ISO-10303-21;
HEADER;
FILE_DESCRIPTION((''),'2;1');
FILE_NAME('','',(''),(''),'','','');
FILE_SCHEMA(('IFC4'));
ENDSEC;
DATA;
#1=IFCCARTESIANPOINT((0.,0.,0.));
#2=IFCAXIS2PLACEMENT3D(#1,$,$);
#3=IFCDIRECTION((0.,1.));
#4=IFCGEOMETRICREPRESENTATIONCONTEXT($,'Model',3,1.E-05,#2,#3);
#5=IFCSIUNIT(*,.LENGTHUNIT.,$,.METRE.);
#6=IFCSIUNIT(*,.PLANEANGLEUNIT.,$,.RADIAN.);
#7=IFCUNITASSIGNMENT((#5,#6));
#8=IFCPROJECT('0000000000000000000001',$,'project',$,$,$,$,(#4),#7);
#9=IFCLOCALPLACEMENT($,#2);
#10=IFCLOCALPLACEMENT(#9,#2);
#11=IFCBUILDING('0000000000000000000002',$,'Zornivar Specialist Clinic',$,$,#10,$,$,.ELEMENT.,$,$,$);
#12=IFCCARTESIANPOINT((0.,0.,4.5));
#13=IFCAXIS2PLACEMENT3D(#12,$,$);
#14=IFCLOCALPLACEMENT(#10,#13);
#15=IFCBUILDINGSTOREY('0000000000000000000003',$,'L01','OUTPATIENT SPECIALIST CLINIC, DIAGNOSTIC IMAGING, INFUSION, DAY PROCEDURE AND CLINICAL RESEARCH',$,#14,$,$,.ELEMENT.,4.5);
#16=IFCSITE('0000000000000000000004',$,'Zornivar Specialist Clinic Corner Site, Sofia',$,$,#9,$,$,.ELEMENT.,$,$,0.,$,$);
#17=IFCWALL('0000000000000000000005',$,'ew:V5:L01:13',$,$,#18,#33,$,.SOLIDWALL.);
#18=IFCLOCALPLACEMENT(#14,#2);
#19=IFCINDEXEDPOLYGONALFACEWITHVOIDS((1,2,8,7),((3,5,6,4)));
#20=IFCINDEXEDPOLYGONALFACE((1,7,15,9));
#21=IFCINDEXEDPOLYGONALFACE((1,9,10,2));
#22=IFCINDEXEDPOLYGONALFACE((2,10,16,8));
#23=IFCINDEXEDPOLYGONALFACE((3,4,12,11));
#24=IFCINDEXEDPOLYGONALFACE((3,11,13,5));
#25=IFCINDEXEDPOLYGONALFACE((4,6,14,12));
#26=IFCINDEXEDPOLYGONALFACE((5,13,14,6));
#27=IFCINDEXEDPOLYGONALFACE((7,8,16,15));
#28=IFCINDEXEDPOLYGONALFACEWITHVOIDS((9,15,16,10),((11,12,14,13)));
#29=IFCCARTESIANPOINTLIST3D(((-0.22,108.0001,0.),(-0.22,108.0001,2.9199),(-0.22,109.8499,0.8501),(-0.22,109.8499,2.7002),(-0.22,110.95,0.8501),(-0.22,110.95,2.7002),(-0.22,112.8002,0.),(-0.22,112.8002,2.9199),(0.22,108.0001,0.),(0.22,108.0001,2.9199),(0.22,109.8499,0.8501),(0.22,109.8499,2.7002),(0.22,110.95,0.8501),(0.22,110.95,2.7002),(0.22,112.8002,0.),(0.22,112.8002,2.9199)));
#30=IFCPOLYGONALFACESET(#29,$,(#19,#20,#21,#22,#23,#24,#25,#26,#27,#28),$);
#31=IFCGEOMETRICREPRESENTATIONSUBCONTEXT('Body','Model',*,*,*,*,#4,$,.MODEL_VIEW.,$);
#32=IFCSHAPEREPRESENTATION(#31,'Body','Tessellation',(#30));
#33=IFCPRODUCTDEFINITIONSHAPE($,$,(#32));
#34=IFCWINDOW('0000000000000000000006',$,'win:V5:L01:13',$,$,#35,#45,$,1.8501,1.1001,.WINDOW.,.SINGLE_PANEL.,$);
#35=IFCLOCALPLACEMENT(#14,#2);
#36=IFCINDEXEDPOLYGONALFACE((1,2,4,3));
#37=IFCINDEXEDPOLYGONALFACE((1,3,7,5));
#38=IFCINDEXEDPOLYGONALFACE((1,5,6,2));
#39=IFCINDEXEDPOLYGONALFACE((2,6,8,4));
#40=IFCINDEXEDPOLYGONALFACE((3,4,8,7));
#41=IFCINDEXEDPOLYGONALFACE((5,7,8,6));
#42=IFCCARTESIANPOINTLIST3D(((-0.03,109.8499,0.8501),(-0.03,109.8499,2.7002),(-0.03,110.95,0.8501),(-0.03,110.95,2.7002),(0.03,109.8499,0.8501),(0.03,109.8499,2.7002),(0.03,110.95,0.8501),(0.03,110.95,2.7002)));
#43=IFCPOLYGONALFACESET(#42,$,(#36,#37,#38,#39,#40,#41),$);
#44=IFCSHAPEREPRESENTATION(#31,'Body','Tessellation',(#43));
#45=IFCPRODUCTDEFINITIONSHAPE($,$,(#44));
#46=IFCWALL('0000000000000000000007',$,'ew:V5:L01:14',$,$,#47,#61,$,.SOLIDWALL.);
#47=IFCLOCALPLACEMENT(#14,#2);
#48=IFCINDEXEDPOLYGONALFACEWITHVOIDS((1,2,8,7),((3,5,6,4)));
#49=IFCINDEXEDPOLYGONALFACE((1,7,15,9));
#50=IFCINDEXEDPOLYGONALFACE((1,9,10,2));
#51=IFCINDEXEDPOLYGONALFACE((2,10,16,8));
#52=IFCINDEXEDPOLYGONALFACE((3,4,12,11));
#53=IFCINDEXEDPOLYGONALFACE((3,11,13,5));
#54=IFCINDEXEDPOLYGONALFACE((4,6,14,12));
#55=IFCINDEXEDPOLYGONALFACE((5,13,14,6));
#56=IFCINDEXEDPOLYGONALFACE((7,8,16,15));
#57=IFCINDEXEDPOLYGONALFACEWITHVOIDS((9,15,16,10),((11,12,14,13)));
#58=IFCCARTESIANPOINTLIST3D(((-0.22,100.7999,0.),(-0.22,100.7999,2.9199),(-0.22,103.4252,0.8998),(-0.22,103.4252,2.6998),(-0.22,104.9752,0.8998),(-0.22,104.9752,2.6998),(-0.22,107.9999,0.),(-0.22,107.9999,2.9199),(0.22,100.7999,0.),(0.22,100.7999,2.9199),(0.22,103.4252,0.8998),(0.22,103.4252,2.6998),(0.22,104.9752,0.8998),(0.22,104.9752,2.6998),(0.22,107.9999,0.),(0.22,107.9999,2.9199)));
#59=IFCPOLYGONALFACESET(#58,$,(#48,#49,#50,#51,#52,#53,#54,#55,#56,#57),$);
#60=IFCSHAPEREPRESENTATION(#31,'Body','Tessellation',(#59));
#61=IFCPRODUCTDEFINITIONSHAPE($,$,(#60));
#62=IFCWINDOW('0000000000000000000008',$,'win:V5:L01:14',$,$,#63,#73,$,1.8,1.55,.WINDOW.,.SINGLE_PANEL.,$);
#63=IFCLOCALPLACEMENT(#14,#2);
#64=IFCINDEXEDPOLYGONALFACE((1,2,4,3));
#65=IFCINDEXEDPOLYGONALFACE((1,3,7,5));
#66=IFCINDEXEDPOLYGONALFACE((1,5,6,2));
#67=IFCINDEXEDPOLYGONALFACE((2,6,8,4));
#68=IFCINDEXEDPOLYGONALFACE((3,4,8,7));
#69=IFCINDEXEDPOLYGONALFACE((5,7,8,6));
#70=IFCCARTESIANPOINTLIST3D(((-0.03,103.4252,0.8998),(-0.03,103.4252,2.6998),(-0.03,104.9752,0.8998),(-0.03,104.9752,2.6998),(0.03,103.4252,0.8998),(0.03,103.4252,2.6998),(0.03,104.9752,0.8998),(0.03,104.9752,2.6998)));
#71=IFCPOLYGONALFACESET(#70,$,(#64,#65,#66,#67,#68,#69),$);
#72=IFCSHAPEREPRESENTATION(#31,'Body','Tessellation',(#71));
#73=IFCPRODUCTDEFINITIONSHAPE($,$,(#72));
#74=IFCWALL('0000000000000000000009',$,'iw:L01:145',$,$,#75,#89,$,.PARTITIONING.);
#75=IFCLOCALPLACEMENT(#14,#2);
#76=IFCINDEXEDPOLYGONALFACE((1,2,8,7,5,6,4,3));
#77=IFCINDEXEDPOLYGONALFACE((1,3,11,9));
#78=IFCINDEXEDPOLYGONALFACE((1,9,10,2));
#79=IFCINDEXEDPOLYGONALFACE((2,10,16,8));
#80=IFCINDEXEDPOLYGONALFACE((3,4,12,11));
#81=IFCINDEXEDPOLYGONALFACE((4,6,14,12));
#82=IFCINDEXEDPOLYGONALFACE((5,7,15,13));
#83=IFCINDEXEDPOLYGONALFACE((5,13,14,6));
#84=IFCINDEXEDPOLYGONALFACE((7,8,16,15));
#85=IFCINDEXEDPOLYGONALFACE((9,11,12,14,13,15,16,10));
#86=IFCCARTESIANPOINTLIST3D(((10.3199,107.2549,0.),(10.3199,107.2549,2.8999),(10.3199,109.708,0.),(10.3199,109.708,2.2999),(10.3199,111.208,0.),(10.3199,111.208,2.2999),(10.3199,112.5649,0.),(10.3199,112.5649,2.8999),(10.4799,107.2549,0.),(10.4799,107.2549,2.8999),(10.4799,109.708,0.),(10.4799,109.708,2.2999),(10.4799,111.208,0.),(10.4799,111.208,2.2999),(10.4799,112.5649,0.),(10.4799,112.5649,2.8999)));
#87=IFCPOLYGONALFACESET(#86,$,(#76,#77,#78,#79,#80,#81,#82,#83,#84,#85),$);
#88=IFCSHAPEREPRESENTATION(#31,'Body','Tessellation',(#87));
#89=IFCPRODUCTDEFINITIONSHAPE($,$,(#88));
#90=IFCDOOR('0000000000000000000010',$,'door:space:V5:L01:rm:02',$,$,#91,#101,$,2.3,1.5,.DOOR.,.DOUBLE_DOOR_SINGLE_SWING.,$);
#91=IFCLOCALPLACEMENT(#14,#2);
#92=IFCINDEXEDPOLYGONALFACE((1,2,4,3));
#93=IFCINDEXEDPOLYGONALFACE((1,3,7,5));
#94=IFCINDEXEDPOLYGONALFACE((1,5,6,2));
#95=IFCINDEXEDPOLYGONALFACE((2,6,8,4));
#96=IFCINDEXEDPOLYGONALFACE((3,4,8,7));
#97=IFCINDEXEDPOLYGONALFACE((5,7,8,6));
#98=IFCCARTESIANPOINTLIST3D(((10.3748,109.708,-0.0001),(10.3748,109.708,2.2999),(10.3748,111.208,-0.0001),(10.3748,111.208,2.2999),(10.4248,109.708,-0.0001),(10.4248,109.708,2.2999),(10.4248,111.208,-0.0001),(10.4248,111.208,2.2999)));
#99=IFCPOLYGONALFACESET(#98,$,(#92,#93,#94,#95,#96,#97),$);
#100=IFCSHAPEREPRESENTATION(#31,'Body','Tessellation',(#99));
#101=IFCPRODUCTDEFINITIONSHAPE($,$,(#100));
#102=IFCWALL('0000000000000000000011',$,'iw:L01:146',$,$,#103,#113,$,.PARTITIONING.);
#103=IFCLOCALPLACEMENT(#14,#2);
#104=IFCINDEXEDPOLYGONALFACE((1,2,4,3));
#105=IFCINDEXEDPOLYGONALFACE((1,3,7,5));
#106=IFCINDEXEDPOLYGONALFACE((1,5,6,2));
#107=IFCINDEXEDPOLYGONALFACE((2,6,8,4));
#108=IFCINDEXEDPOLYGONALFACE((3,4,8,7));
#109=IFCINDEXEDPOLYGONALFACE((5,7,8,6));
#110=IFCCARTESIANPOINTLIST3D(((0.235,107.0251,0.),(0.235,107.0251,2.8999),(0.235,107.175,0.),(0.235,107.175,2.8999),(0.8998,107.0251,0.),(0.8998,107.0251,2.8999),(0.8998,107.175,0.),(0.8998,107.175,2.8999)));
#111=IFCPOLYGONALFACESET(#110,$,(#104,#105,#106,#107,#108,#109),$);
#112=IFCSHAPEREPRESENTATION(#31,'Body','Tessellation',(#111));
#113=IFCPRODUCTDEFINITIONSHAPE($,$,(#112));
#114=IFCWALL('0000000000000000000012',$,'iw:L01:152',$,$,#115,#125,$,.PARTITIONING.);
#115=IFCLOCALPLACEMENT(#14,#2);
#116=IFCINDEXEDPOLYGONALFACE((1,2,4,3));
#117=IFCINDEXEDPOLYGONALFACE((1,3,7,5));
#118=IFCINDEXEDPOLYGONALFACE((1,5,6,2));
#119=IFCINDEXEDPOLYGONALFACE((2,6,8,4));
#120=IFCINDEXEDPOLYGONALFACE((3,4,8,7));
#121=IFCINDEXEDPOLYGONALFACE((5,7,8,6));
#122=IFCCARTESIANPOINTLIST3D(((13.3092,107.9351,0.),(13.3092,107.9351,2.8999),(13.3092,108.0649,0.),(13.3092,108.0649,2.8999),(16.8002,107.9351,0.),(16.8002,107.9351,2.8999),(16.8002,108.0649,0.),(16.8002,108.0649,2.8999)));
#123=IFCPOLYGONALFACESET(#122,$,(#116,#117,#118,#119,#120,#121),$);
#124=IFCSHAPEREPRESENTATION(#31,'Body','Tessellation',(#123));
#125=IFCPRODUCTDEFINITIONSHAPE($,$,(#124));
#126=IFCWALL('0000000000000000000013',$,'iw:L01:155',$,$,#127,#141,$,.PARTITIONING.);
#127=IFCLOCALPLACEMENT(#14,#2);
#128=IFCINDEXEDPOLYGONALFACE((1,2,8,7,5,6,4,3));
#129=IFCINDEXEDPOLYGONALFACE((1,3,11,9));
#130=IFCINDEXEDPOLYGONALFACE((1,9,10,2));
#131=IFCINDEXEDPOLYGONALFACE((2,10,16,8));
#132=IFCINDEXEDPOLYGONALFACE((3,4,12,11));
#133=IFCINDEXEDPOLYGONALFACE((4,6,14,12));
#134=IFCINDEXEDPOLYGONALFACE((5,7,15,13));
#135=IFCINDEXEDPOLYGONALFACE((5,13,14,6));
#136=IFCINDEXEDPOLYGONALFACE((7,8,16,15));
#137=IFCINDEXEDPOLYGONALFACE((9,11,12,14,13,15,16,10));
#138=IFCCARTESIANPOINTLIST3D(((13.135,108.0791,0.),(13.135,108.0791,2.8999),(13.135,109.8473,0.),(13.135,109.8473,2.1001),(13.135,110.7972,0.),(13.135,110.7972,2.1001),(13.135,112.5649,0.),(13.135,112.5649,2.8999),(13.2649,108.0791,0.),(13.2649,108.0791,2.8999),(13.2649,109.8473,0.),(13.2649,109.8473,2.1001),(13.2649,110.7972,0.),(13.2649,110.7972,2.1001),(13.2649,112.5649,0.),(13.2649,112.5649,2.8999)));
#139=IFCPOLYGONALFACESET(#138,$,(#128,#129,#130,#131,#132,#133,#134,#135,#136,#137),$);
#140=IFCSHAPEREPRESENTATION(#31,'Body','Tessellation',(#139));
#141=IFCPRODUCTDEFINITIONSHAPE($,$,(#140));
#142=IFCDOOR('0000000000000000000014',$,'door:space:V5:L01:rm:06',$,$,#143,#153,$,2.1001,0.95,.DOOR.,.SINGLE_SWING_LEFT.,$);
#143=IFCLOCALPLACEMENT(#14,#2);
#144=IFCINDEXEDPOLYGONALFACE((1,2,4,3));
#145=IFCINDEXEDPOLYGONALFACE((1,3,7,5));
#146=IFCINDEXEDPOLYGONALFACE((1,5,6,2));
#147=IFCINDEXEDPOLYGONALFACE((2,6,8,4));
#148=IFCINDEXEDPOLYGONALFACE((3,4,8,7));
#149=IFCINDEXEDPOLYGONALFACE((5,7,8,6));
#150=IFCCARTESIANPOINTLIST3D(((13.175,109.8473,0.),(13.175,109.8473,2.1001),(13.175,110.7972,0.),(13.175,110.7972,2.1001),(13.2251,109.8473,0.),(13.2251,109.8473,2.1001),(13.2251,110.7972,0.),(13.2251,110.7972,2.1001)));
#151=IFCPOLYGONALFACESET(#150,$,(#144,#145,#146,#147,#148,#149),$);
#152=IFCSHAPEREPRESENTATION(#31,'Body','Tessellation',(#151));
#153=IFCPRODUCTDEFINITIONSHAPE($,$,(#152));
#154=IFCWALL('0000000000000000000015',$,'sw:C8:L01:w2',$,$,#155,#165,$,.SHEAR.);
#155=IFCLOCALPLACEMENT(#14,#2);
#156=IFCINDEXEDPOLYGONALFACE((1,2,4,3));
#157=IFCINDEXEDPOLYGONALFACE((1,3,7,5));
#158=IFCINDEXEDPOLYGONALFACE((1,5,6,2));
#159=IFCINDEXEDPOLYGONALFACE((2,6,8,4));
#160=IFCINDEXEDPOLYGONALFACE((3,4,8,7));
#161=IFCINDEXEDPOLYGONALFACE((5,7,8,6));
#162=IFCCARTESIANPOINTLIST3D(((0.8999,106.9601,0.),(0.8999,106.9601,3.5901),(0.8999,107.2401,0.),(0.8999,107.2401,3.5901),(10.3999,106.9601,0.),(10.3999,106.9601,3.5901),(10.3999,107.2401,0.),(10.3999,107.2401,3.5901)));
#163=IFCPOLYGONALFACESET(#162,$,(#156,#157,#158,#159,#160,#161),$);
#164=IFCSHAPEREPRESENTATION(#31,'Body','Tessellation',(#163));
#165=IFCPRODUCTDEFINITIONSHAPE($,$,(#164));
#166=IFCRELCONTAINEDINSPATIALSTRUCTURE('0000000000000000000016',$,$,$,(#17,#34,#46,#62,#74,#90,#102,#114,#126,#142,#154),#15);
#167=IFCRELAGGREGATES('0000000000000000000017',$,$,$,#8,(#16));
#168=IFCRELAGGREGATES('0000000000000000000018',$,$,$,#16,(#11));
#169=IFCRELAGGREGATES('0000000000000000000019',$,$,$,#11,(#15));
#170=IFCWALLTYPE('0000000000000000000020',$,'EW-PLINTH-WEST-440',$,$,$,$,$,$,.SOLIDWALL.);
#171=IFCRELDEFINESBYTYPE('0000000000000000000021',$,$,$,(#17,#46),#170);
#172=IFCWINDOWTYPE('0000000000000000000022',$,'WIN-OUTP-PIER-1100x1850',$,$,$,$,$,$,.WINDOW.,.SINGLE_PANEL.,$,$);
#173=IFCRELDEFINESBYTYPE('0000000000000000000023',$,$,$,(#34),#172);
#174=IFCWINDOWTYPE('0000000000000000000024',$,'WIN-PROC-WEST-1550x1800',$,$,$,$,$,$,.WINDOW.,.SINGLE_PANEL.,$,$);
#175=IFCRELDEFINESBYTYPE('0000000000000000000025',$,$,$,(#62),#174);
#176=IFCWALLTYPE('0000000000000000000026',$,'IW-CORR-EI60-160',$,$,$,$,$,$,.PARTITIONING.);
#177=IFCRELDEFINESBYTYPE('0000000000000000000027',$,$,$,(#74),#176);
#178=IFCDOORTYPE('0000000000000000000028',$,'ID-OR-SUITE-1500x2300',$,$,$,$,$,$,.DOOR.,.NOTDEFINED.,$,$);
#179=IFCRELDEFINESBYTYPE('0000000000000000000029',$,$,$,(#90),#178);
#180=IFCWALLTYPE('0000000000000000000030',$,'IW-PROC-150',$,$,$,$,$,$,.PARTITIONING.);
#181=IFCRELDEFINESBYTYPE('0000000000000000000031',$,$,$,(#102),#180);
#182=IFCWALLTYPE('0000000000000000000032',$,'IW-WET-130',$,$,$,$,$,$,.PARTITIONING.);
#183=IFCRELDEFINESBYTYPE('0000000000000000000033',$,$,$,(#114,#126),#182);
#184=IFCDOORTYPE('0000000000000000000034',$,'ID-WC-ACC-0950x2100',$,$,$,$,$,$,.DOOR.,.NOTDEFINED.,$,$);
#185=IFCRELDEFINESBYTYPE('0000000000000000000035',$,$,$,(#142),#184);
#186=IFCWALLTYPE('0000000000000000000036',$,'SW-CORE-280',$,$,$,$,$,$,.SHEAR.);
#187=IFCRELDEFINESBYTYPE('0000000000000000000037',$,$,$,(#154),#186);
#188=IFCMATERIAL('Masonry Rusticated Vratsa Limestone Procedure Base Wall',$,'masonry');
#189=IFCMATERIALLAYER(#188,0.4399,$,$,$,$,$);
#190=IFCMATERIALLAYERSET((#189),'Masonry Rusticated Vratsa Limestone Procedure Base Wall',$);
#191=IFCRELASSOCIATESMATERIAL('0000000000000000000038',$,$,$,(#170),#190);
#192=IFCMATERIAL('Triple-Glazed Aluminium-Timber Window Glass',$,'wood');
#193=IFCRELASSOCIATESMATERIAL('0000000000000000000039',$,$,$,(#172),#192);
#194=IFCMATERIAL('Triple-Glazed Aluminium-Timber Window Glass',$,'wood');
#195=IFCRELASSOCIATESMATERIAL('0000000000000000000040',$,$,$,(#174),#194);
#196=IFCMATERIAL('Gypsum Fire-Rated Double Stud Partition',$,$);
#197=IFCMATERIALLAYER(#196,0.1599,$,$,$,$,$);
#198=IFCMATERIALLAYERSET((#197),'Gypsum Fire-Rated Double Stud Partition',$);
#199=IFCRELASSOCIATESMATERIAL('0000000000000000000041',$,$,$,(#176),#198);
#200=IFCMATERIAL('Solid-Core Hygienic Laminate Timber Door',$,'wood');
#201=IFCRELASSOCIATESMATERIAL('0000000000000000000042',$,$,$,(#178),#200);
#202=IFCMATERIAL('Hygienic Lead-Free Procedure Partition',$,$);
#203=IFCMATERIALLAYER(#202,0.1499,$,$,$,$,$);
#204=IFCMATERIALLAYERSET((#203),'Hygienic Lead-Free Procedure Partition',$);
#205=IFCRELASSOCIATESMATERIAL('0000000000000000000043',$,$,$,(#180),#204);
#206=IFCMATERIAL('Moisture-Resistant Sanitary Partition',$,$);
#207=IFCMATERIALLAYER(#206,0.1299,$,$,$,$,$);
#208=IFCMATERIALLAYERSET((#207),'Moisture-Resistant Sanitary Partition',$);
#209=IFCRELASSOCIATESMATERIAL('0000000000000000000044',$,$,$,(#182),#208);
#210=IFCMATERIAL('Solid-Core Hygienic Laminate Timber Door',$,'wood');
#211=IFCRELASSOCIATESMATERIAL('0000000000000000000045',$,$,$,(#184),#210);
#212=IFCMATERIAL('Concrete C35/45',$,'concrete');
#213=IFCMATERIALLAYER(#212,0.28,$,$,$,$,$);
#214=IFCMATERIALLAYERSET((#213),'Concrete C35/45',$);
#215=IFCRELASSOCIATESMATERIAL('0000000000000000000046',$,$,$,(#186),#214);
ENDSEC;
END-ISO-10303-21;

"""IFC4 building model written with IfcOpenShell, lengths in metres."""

from ifc_helpers import new_model, si_unit, direction, frame, frame_2d, origin, place, context, subcontext, project, spatial, rectangle, extrude, material, layer, layer_set, type_object, element, fill, save


model = new_model("IFC4")

# Units and contexts
model_context = context("Model", 3, precision=1e-05, world=origin(), true_north=direction((0.0, 1.0)))
body_context = subcontext(model_context, "Body", "Model", "MODEL_VIEW")
ifc_project = project(units=[si_unit("LENGTHUNIT", "METRE"), si_unit("PLANEANGLEUNIT", "RADIAN")], contexts=[model_context])

# Site, building, storey
site_placement = place(None, origin())
site = spatial("IfcSite", under=ifc_project, at=site_placement, Name="Zornivar Specialist Clinic Corner Site, Sofia", CompositionType="ELEMENT", RefElevation=0.0)
building_placement = place(site_placement, origin())
building = spatial("IfcBuilding", under=site, at=building_placement, Name="Zornivar Specialist Clinic", CompositionType="ELEMENT")
storey_placement = place(building_placement, frame((0.0, 0.0, 4.5)))
storey = spatial("IfcBuildingStorey", under=building, at=storey_placement, Name="L01", Description="OUTPATIENT SPECIALIST CLINIC, DIAGNOSTIC IMAGING, INFUSION, DAY PROCEDURE AND CLINICAL RESEARCH", CompositionType="ELEMENT", Elevation=4.5)

# Walls, openings, windows
ifc_material_1 = material(Name="Masonry Rusticated Vratsa Limestone Procedure Base Wall", Category="masonry")
ifc_layer_1 = layer(ifc_material_1, 0.4399)
ifc_layer_set_1 = layer_set([ifc_layer_1], Name="Masonry Rusticated Vratsa Limestone Procedure Base Wall")
wall_type_1 = type_object("IfcWallType", Name="EW-PLINTH-WEST-440", PredefinedType="SOLIDWALL", material=ifc_layer_set_1)
wall_1_placement = place(storey_placement, frame((0.0, 112.8, 0.0), z_axis=(0.0, 0.0, 1.0), x_axis=(0.0, -1.0, 0.0)))
wall_1 = element("IfcWall", 1, at=wall_1_placement, inside=storey, type_object=wall_type_1, Name="ew:V5:L01:13", PredefinedType="SOLIDWALL", context=body_context, shape_type="SweptSolid", body=[
    extrude(rectangle(XDim=4.8, YDim=0.4399, at=frame_2d((2.3999, 0.0))), origin(), (0.0, 0.0, 1.0), 2.9199),
])
opening_1_placement = place(wall_1_placement, frame((1.8501, 0.0, 0.8501)))
opening_1 = element("IfcOpeningElement", 2, at=opening_1_placement, cuts=wall_1, PredefinedType="OPENING", context=body_context, shape_type="SweptSolid", body=[
    extrude(rectangle(XDim=1.1001, YDim=1.8501, at=frame_2d((0.55, 0.925))), frame((0.0, 0.23, 0.0), z_axis=(0.0, -1.0, 0.0), x_axis=(1.0, 0.0, 0.0)), (0.0, 0.0, 1.0), 0.46),
])
ifc_material_2 = material(Name="Triple-Glazed Aluminium-Timber Window Glass", Category="wood")
window_type_1 = type_object("IfcWindowType", Name="WIN-OUTP-PIER-1100x1850", PartitioningType="SINGLE_PANEL", PredefinedType="WINDOW", material=ifc_material_2)
window_1_placement = place(opening_1_placement, origin())
window_1 = element("IfcWindow", 3, at=window_1_placement, inside=storey, type_object=window_type_1, Name="win:V5:L01:13", OverallHeight=1.8501, OverallWidth=1.1001, PartitioningType="SINGLE_PANEL", PredefinedType="WINDOW", context=body_context, shape_type="SweptSolid", body=[
    extrude(rectangle(XDim=1.1001, YDim=1.8501, at=frame_2d((0.55, 0.925))), frame((0.0, 0.03, 0.0), z_axis=(0.0, -1.0, 0.0), x_axis=(1.0, 0.0, 0.0)), (0.0, 0.0, 1.0), 0.0601),
])
fill(opening_1, window_1)
wall_2_placement = place(storey_placement, frame((0.0, 108.0, 0.0), z_axis=(0.0, 0.0, 1.0), x_axis=(0.0, -1.0, 0.0)))
wall_2 = element("IfcWall", 4, at=wall_2_placement, inside=storey, type_object=wall_type_1, Name="ew:V5:L01:14", PredefinedType="SOLIDWALL", context=body_context, shape_type="SweptSolid", body=[
    extrude(rectangle(XDim=7.2, YDim=0.4399, at=frame_2d((3.6001, 0.0))), origin(), (0.0, 0.0, 1.0), 2.9199),
])
opening_2_placement = place(wall_2_placement, frame((3.0249, 0.0, 0.8999)))
opening_2 = element("IfcOpeningElement", 5, at=opening_2_placement, cuts=wall_2, PredefinedType="OPENING", context=body_context, shape_type="SweptSolid", body=[
    extrude(rectangle(XDim=1.55, YDim=1.8, at=frame_2d((0.7749, 0.8999))), frame((0.0, 0.23, 0.0), z_axis=(0.0, -1.0, 0.0), x_axis=(1.0, 0.0, 0.0)), (0.0, 0.0, 1.0), 0.46),
])
ifc_material_3 = material(Name="Triple-Glazed Aluminium-Timber Window Glass", Category="wood")
window_type_2 = type_object("IfcWindowType", Name="WIN-PROC-WEST-1550x1800", PartitioningType="SINGLE_PANEL", PredefinedType="WINDOW", material=ifc_material_3)
window_2_placement = place(opening_2_placement, origin())
window_2 = element("IfcWindow", 6, at=window_2_placement, inside=storey, type_object=window_type_2, Name="win:V5:L01:14", OverallHeight=1.8, OverallWidth=1.55, PartitioningType="SINGLE_PANEL", PredefinedType="WINDOW", context=body_context, shape_type="SweptSolid", body=[
    extrude(rectangle(XDim=1.55, YDim=1.8, at=frame_2d((0.7749, 0.8999))), frame((0.0, 0.03, 0.0), z_axis=(0.0, -1.0, 0.0), x_axis=(1.0, 0.0, 0.0)), (0.0, 0.0, 1.0), 0.0601),
])
fill(opening_2, window_2)

# Wall, opening, door
ifc_material_4 = material(Name="Gypsum Fire-Rated Double Stud Partition")
ifc_layer_2 = layer(ifc_material_4, 0.1599)
ifc_layer_set_2 = layer_set([ifc_layer_2], Name="Gypsum Fire-Rated Double Stud Partition")
wall_type_2 = type_object("IfcWallType", Name="IW-CORR-EI60-160", PredefinedType="PARTITIONING", material=ifc_layer_set_2)
wall_3_placement = place(storey_placement, frame((10.3999, 112.5649, 0.0), z_axis=(0.0, 0.0, 1.0), x_axis=(0.0, -1.0, 0.0)))
wall_3 = element("IfcWall", 7, at=wall_3_placement, inside=storey, type_object=wall_type_2, Name="iw:L01:145", PredefinedType="PARTITIONING", context=body_context, shape_type="SweptSolid", body=[
    extrude(rectangle(XDim=5.3101, YDim=0.1599, at=frame_2d((2.655, 0.0))), origin(), (0.0, 0.0, 1.0), 2.8999),
])
opening_3_placement = place(wall_3_placement, frame((1.3569, 0.0, 0.0)))
opening_3 = element("IfcOpeningElement", 8, at=opening_3_placement, cuts=wall_3, PredefinedType="OPENING", context=body_context, shape_type="SweptSolid", body=[
    extrude(rectangle(XDim=1.5, YDim=2.3, at=frame_2d((0.75, 1.1499))), frame((0.0, 0.0898, 0.0), z_axis=(0.0, -1.0, 0.0), x_axis=(1.0, 0.0, 0.0)), (0.0, 0.0, 1.0), 0.1799),
])
ifc_material_5 = material(Name="Solid-Core Hygienic Laminate Timber Door", Category="wood")
door_type_1 = type_object("IfcDoorType", Name="ID-OR-SUITE-1500x2300", OperationType="NOTDEFINED", PredefinedType="DOOR", material=ifc_material_5)
door_1_placement = place(opening_3_placement, origin())
door_1 = element("IfcDoor", 9, at=door_1_placement, inside=storey, type_object=door_type_1, Name="door:space:V5:L01:rm:02", OperationType="DOUBLE_DOOR_SINGLE_SWING", OverallHeight=2.3, OverallWidth=1.5, PredefinedType="DOOR", context=body_context, shape_type="SweptSolid", body=[
    extrude(rectangle(XDim=1.5, YDim=2.3, at=frame_2d((0.75, 1.1499))), frame((0.0, 0.0249, 0.0), z_axis=(0.0, -1.0, 0.0), x_axis=(1.0, 0.0, 0.0)), (0.0, 0.0, 1.0), 0.05),
])
fill(opening_3, door_1)

# Walls
ifc_material_6 = material(Name="Hygienic Lead-Free Procedure Partition")
ifc_layer_3 = layer(ifc_material_6, 0.1499)
ifc_layer_set_3 = layer_set([ifc_layer_3], Name="Hygienic Lead-Free Procedure Partition")
wall_type_3 = type_object("IfcWallType", Name="IW-PROC-150", PredefinedType="PARTITIONING", material=ifc_layer_set_3)
wall_4_placement = place(storey_placement, frame((0.8999, 107.1001, 0.0), z_axis=(0.0, 0.0, 1.0), x_axis=(-1.0, 0.0, 0.0)))
element("IfcWall", 10, at=wall_4_placement, inside=storey, type_object=wall_type_3, Name="iw:L01:146", PredefinedType="PARTITIONING", context=body_context, shape_type="SweptSolid", body=[
    extrude(rectangle(XDim=0.6648, YDim=0.1499, at=frame_2d((0.3325, 0.0))), origin(), (0.0, 0.0, 1.0), 2.8999),
])
ifc_material_7 = material(Name="Moisture-Resistant Sanitary Partition")
ifc_layer_4 = layer(ifc_material_7, 0.1299)
ifc_layer_set_4 = layer_set([ifc_layer_4], Name="Moisture-Resistant Sanitary Partition")
wall_type_4 = type_object("IfcWallType", Name="IW-WET-130", PredefinedType="PARTITIONING", material=ifc_layer_set_4)
wall_5_placement = place(storey_placement, frame((13.3091, 108.0, 0.0), z_axis=(0.0, 0.0, 1.0), x_axis=(1.0, 0.0, 0.0)))
element("IfcWall", 11, at=wall_5_placement, inside=storey, type_object=wall_type_4, Name="iw:L01:152", PredefinedType="PARTITIONING", context=body_context, shape_type="SweptSolid", body=[
    extrude(rectangle(XDim=3.491, YDim=0.1299, at=frame_2d((1.7456, 0.0))), origin(), (0.0, 0.0, 1.0), 2.8999),
])

# Wall, opening, door
wall_6_placement = place(storey_placement, frame((13.2, 108.0791, 0.0), z_axis=(0.0, 0.0, 1.0), x_axis=(0.0, 1.0, 0.0)))
wall_6 = element("IfcWall", 12, at=wall_6_placement, inside=storey, type_object=wall_type_4, Name="iw:L01:155", PredefinedType="PARTITIONING", context=body_context, shape_type="SweptSolid", body=[
    extrude(rectangle(XDim=4.4858, YDim=0.1299, at=frame_2d((2.2429, 0.0))), origin(), (0.0, 0.0, 1.0), 2.8999),
])
opening_4_placement = place(wall_6_placement, frame((1.7681, 0.0, 0.0)))
opening_4 = element("IfcOpeningElement", 13, at=opening_4_placement, cuts=wall_6, PredefinedType="OPENING", context=body_context, shape_type="SweptSolid", body=[
    extrude(rectangle(XDim=0.95, YDim=2.1001, at=frame_2d((0.4751, 1.05))), frame((0.0, 0.075, 0.0), z_axis=(0.0, -1.0, 0.0), x_axis=(1.0, 0.0, 0.0)), (0.0, 0.0, 1.0), 0.1499),
])
ifc_material_8 = material(Name="Solid-Core Hygienic Laminate Timber Door", Category="wood")
door_type_2 = type_object("IfcDoorType", Name="ID-WC-ACC-0950x2100", OperationType="NOTDEFINED", PredefinedType="DOOR", material=ifc_material_8)
door_2_placement = place(opening_4_placement, origin())
door_2 = element("IfcDoor", 14, at=door_2_placement, inside=storey, type_object=door_type_2, Name="door:space:V5:L01:rm:06", OperationType="SINGLE_SWING_LEFT", OverallHeight=2.1001, OverallWidth=0.95, PredefinedType="DOOR", context=body_context, shape_type="SweptSolid", body=[
    extrude(rectangle(XDim=0.95, YDim=2.1001, at=frame_2d((0.4751, 1.05))), frame((0.0, 0.0249, 0.0), z_axis=(0.0, -1.0, 0.0), x_axis=(1.0, 0.0, 0.0)), (0.0, 0.0, 1.0), 0.05),
])
fill(opening_4, door_2)

# Wall
ifc_material_9 = material(Name="Concrete C35/45", Category="concrete")
ifc_layer_5 = layer(ifc_material_9, 0.28)
ifc_layer_set_5 = layer_set([ifc_layer_5], Name="Concrete C35/45")
wall_type_5 = type_object("IfcWallType", Name="SW-CORE-280", PredefinedType="SHEAR", material=ifc_layer_set_5)
wall_7_placement = place(storey_placement, frame((10.3999, 107.1001, 0.0), z_axis=(0.0, 0.0, 1.0), x_axis=(-1.0, 0.0, 0.0)))
element("IfcWall", 15, at=wall_7_placement, inside=storey, type_object=wall_type_5, Name="sw:C8:L01:w2", PredefinedType="SHEAR", context=body_context, shape_type="SweptSolid", body=[
    extrude(rectangle(XDim=9.5, YDim=0.28, at=frame_2d((4.75, 0.0))), origin(), (0.0, 0.0, 1.0), 3.5901),
])

save(model, "model.ifc")
